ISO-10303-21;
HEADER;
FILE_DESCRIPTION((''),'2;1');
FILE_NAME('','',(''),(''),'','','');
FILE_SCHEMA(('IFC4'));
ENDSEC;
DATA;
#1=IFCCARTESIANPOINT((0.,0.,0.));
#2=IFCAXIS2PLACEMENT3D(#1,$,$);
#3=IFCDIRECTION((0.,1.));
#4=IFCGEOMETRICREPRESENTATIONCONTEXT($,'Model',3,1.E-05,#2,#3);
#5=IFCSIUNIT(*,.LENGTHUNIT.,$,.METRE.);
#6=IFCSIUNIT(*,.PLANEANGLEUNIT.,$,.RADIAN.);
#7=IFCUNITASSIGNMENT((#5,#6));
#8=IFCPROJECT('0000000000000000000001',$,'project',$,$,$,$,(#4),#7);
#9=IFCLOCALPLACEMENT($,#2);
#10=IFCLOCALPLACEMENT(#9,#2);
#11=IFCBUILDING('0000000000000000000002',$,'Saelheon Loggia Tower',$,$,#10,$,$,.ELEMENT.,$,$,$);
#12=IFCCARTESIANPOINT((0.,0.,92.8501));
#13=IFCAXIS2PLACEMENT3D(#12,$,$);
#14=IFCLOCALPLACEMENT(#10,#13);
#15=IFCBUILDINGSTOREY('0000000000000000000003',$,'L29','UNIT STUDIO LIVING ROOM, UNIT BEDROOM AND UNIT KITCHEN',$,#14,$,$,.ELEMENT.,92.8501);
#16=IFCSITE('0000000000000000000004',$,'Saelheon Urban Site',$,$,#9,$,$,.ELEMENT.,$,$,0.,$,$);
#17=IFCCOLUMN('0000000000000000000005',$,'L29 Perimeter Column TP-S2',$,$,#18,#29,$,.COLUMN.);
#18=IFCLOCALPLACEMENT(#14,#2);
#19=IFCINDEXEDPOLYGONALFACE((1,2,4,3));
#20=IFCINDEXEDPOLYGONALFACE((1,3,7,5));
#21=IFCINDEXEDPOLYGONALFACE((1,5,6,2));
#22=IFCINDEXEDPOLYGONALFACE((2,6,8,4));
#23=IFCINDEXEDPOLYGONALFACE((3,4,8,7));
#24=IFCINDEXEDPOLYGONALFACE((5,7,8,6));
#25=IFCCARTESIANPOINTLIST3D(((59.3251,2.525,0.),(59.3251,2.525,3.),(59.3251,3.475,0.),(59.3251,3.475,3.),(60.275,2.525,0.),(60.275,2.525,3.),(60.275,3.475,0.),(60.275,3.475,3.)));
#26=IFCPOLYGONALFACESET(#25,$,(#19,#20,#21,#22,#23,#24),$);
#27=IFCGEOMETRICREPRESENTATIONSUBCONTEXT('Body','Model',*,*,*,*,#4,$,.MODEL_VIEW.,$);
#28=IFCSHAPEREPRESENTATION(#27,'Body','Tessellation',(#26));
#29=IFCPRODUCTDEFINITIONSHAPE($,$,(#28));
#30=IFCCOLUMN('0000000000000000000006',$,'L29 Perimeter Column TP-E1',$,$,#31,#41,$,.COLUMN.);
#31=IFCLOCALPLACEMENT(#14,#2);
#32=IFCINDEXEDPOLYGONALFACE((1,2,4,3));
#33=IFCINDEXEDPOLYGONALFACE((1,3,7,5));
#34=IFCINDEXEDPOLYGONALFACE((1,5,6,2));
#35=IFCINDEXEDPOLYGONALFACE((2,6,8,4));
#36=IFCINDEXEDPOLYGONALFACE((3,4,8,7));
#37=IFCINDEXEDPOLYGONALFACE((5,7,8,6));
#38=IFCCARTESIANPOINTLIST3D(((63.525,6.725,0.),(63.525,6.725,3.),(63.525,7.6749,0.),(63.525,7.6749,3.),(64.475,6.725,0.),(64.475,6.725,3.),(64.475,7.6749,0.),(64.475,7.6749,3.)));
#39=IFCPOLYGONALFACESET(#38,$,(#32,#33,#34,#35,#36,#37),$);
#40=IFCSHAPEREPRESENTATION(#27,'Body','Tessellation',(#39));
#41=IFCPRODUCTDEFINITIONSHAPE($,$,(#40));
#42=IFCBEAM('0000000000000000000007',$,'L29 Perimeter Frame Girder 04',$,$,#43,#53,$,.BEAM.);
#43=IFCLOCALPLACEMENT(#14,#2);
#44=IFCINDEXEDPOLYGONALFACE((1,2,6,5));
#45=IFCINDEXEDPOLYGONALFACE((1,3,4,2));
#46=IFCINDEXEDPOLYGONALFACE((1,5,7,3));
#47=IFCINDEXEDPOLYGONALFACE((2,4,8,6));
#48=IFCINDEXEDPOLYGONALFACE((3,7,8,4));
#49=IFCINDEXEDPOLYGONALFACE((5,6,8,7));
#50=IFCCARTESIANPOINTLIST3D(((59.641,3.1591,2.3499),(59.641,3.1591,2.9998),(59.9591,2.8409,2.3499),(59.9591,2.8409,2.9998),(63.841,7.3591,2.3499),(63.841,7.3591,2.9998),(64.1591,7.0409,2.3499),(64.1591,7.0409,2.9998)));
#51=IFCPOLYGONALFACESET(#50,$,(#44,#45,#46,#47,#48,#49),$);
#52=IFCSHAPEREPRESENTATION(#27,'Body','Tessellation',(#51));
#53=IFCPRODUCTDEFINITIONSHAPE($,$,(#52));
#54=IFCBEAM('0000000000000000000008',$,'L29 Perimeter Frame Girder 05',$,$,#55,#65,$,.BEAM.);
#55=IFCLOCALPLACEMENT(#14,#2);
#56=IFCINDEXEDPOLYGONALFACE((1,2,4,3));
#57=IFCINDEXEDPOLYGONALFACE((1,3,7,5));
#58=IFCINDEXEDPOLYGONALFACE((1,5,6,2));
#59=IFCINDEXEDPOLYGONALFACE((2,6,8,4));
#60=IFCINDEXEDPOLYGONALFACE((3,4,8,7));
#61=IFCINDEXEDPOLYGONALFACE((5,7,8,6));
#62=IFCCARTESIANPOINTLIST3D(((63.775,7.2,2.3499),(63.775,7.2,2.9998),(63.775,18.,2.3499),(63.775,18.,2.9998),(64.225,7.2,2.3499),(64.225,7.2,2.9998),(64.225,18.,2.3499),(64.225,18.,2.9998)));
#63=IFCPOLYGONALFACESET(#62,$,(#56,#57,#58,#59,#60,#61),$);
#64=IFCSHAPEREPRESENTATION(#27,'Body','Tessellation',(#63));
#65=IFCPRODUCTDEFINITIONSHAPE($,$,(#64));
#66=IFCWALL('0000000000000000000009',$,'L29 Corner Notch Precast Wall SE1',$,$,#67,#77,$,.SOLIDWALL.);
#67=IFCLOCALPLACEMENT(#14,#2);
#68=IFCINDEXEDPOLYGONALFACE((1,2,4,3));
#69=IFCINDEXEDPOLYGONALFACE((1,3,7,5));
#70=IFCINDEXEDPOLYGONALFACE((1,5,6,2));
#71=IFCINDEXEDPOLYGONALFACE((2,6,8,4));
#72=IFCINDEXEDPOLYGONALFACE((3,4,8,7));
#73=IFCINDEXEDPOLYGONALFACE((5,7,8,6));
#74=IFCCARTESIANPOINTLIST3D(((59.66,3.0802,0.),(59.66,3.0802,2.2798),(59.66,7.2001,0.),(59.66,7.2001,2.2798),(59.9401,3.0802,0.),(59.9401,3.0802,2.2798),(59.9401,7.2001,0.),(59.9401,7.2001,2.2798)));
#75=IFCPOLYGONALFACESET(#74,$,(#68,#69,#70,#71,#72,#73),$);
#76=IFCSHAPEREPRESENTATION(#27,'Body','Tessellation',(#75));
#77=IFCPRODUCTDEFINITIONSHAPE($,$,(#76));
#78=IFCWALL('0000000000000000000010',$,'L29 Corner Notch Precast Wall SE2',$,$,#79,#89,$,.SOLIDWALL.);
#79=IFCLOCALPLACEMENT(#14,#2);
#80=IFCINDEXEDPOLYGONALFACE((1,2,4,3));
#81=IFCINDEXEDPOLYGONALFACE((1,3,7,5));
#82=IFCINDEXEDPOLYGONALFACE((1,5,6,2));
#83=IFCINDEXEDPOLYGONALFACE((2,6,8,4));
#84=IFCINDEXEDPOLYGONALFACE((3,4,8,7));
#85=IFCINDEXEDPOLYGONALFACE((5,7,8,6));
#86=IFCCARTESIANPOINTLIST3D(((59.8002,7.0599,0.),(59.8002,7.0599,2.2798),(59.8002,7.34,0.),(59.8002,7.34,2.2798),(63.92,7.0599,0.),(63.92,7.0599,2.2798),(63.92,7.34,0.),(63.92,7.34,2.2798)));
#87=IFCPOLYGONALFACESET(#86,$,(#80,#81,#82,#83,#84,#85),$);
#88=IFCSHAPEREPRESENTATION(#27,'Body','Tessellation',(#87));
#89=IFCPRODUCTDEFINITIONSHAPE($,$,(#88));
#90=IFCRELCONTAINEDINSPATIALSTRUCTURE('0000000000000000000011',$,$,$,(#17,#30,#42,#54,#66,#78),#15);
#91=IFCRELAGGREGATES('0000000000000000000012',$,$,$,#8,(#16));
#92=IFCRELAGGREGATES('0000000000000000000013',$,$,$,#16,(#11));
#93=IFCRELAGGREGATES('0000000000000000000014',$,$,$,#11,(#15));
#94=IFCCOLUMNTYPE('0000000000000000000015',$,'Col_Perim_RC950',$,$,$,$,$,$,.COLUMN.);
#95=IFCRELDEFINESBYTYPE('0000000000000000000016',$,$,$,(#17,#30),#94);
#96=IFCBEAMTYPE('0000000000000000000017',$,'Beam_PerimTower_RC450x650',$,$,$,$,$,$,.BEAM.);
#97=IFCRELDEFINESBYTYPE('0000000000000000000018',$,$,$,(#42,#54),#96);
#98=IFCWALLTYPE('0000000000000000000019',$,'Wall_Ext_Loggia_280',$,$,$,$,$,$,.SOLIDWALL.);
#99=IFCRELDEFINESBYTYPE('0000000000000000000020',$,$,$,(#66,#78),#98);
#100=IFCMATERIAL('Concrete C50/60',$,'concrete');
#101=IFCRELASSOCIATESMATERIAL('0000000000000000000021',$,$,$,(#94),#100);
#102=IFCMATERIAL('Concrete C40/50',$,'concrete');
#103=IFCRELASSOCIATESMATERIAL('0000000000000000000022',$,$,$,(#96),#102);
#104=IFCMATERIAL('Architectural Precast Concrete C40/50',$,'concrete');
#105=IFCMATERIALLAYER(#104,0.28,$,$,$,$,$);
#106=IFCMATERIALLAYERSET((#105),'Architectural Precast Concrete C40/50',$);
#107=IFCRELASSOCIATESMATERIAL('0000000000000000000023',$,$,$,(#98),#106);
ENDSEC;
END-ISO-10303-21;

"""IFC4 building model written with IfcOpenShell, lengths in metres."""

from ifc_helpers import new_model, si_unit, direction, frame, frame_2d, origin, origin_2d, place, context, subcontext, project, spatial, rectangle, extrude, source, transform, mapped, material, layer, layer_set, material_profile, profile_set, type_object, element, save


model = new_model("IFC4")

# Units and contexts
model_context = context("Model", 3, precision=1e-05, world=origin(), true_north=direction((0.0, 1.0)))
body_context = subcontext(model_context, "Body", "Model", "MODEL_VIEW")
ifc_project = project(units=[si_unit("LENGTHUNIT", "METRE"), si_unit("PLANEANGLEUNIT", "RADIAN")], contexts=[model_context])

# Site, building, storey
site_placement = place(None, origin())
site = spatial("IfcSite", under=ifc_project, at=site_placement, Name="Saelheon Urban Site", CompositionType="ELEMENT", RefElevation=0.0)
building_placement = place(site_placement, origin())
building = spatial("IfcBuilding", under=site, at=building_placement, Name="Saelheon Loggia Tower", CompositionType="ELEMENT")
storey_placement = place(building_placement, frame((0.0, 0.0, 92.8501)))
storey = spatial("IfcBuildingStorey", under=building, at=storey_placement, Name="L29", Description="UNIT STUDIO LIVING ROOM, UNIT BEDROOM AND UNIT KITCHEN", CompositionType="ELEMENT", Elevation=92.8501)

# Columns
ifc_material_1 = material(Name="Concrete C50/60", Category="concrete")
ifc_material_profile_1 = material_profile(ifc_material_1, rectangle(XDim=0.95, YDim=0.95, at=origin_2d()), Name="RC-950x950")
ifc_profile_set_1 = profile_set([ifc_material_profile_1], Name="Concrete C50/60")
column_type = type_object("IfcColumnType", Name="Col_Perim_RC950", PredefinedType="COLUMN", material=ifc_profile_set_1)
shared_shape_1 = source(origin(), body_context, "Body", "SweptSolid", [
    extrude(rectangle(XDim=0.95, YDim=0.95, at=origin_2d()), origin(), (0.0, 0.0, 1.0), 3.0),
])
for number, where, z_axis, x_axis, name in (
    (1, (59.8, 3.0, 0.0), (0.0, 0.0, 1.0), (1.0, 0.0, 0.0), "L29 Perimeter Column TP-S2"),
    (2, (64.0, 7.2, 0.0), (0.0, 0.0, 1.0), (1.0, 0.0, 0.0), "L29 Perimeter Column TP-E1"),
):
    element("IfcColumn", number, at=place(storey_placement, frame(where, z_axis=z_axis, x_axis=x_axis)), inside=storey, type_object=column_type, Name=name, PredefinedType="COLUMN", context=body_context, shape_type="MappedRepresentation", body=[
        mapped(shared_shape_1, transform((0.0, 0.0, 0.0), scale=1.0)),
    ])

# Beams
ifc_material_2 = material(Name="Concrete C40/50", Category="concrete")
ifc_material_profile_2 = material_profile(ifc_material_2, rectangle(XDim=0.45, YDim=0.6499, at=origin_2d()), Name="RC-450x650")
ifc_profile_set_2 = profile_set([ifc_material_profile_2], Name="Concrete C40/50")
beam_type = type_object("IfcBeamType", Name="Beam_PerimTower_RC450x650", PredefinedType="BEAM", material=ifc_profile_set_2)
shared_shape_2 = source(origin(), body_context, "Body", "SweptSolid", [
    extrude(rectangle(XDim=0.45, YDim=0.6499, at=origin_2d()), origin(), (0.0, 0.0, 1.0), 5.9397),
])
beam_1_placement = place(storey_placement, frame((59.8, 3.0, 2.6748), z_axis=(0.707107, 0.707107, 0.0), x_axis=(-0.707107, 0.707107, 0.0)))
element("IfcBeam", 3, at=beam_1_placement, inside=storey, type_object=beam_type, Name="L29 Perimeter Frame Girder 04", PredefinedType="BEAM", context=body_context, shape_type="MappedRepresentation", body=[
    mapped(shared_shape_2, transform((0.0, 0.0, 0.0), scale=1.0)),
])
shared_shape_3 = source(origin(), body_context, "Body", "SweptSolid", [
    extrude(rectangle(XDim=0.45, YDim=0.6499, at=origin_2d()), origin(), (0.0, 0.0, 1.0), 10.8),
])
beam_2_placement = place(storey_placement, frame((64.0, 7.2, 2.6748), z_axis=(0.0, 1.0, 0.0), x_axis=(-1.0, 0.0, 0.0)))
element("IfcBeam", 4, at=beam_2_placement, inside=storey, type_object=beam_type, Name="L29 Perimeter Frame Girder 05", PredefinedType="BEAM", context=body_context, shape_type="MappedRepresentation", body=[
    mapped(shared_shape_3, transform((0.0, 0.0, 0.0), scale=1.0)),
])

# Shared definitions
ifc_material_3 = material(Name="Architectural Precast Concrete C40/50", Category="concrete")
ifc_layer = layer(ifc_material_3, 0.28)
ifc_layer_set = layer_set([ifc_layer], Name="Architectural Precast Concrete C40/50")
wall_type = type_object("IfcWallType", Name="Wall_Ext_Loggia_280", PredefinedType="SOLIDWALL", material=ifc_layer_set)

# Walls
for number, where, z_axis, x_axis, name in (
    (5, (59.8, 3.0801, 0.0), (0.0, 0.0, 1.0), (0.0, 1.0, 0.0), "L29 Corner Notch Precast Wall SE1"),
    (6, (59.8, 7.2, 0.0), (0.0, 0.0, 1.0), (1.0, 0.0, 0.0), "L29 Corner Notch Precast Wall SE2"),
):
    element("IfcWall", number, at=place(storey_placement, frame(where, z_axis=z_axis, x_axis=x_axis)), inside=storey, type_object=wall_type, Name=name, PredefinedType="SOLIDWALL", context=body_context, shape_type="SweptSolid", body=[
        extrude(rectangle(XDim=4.1199, YDim=0.28, at=frame_2d((2.0601, 0.0))), origin(), (0.0, 0.0, 1.0), 2.2798),
    ])

save(model, "model.ifc")
